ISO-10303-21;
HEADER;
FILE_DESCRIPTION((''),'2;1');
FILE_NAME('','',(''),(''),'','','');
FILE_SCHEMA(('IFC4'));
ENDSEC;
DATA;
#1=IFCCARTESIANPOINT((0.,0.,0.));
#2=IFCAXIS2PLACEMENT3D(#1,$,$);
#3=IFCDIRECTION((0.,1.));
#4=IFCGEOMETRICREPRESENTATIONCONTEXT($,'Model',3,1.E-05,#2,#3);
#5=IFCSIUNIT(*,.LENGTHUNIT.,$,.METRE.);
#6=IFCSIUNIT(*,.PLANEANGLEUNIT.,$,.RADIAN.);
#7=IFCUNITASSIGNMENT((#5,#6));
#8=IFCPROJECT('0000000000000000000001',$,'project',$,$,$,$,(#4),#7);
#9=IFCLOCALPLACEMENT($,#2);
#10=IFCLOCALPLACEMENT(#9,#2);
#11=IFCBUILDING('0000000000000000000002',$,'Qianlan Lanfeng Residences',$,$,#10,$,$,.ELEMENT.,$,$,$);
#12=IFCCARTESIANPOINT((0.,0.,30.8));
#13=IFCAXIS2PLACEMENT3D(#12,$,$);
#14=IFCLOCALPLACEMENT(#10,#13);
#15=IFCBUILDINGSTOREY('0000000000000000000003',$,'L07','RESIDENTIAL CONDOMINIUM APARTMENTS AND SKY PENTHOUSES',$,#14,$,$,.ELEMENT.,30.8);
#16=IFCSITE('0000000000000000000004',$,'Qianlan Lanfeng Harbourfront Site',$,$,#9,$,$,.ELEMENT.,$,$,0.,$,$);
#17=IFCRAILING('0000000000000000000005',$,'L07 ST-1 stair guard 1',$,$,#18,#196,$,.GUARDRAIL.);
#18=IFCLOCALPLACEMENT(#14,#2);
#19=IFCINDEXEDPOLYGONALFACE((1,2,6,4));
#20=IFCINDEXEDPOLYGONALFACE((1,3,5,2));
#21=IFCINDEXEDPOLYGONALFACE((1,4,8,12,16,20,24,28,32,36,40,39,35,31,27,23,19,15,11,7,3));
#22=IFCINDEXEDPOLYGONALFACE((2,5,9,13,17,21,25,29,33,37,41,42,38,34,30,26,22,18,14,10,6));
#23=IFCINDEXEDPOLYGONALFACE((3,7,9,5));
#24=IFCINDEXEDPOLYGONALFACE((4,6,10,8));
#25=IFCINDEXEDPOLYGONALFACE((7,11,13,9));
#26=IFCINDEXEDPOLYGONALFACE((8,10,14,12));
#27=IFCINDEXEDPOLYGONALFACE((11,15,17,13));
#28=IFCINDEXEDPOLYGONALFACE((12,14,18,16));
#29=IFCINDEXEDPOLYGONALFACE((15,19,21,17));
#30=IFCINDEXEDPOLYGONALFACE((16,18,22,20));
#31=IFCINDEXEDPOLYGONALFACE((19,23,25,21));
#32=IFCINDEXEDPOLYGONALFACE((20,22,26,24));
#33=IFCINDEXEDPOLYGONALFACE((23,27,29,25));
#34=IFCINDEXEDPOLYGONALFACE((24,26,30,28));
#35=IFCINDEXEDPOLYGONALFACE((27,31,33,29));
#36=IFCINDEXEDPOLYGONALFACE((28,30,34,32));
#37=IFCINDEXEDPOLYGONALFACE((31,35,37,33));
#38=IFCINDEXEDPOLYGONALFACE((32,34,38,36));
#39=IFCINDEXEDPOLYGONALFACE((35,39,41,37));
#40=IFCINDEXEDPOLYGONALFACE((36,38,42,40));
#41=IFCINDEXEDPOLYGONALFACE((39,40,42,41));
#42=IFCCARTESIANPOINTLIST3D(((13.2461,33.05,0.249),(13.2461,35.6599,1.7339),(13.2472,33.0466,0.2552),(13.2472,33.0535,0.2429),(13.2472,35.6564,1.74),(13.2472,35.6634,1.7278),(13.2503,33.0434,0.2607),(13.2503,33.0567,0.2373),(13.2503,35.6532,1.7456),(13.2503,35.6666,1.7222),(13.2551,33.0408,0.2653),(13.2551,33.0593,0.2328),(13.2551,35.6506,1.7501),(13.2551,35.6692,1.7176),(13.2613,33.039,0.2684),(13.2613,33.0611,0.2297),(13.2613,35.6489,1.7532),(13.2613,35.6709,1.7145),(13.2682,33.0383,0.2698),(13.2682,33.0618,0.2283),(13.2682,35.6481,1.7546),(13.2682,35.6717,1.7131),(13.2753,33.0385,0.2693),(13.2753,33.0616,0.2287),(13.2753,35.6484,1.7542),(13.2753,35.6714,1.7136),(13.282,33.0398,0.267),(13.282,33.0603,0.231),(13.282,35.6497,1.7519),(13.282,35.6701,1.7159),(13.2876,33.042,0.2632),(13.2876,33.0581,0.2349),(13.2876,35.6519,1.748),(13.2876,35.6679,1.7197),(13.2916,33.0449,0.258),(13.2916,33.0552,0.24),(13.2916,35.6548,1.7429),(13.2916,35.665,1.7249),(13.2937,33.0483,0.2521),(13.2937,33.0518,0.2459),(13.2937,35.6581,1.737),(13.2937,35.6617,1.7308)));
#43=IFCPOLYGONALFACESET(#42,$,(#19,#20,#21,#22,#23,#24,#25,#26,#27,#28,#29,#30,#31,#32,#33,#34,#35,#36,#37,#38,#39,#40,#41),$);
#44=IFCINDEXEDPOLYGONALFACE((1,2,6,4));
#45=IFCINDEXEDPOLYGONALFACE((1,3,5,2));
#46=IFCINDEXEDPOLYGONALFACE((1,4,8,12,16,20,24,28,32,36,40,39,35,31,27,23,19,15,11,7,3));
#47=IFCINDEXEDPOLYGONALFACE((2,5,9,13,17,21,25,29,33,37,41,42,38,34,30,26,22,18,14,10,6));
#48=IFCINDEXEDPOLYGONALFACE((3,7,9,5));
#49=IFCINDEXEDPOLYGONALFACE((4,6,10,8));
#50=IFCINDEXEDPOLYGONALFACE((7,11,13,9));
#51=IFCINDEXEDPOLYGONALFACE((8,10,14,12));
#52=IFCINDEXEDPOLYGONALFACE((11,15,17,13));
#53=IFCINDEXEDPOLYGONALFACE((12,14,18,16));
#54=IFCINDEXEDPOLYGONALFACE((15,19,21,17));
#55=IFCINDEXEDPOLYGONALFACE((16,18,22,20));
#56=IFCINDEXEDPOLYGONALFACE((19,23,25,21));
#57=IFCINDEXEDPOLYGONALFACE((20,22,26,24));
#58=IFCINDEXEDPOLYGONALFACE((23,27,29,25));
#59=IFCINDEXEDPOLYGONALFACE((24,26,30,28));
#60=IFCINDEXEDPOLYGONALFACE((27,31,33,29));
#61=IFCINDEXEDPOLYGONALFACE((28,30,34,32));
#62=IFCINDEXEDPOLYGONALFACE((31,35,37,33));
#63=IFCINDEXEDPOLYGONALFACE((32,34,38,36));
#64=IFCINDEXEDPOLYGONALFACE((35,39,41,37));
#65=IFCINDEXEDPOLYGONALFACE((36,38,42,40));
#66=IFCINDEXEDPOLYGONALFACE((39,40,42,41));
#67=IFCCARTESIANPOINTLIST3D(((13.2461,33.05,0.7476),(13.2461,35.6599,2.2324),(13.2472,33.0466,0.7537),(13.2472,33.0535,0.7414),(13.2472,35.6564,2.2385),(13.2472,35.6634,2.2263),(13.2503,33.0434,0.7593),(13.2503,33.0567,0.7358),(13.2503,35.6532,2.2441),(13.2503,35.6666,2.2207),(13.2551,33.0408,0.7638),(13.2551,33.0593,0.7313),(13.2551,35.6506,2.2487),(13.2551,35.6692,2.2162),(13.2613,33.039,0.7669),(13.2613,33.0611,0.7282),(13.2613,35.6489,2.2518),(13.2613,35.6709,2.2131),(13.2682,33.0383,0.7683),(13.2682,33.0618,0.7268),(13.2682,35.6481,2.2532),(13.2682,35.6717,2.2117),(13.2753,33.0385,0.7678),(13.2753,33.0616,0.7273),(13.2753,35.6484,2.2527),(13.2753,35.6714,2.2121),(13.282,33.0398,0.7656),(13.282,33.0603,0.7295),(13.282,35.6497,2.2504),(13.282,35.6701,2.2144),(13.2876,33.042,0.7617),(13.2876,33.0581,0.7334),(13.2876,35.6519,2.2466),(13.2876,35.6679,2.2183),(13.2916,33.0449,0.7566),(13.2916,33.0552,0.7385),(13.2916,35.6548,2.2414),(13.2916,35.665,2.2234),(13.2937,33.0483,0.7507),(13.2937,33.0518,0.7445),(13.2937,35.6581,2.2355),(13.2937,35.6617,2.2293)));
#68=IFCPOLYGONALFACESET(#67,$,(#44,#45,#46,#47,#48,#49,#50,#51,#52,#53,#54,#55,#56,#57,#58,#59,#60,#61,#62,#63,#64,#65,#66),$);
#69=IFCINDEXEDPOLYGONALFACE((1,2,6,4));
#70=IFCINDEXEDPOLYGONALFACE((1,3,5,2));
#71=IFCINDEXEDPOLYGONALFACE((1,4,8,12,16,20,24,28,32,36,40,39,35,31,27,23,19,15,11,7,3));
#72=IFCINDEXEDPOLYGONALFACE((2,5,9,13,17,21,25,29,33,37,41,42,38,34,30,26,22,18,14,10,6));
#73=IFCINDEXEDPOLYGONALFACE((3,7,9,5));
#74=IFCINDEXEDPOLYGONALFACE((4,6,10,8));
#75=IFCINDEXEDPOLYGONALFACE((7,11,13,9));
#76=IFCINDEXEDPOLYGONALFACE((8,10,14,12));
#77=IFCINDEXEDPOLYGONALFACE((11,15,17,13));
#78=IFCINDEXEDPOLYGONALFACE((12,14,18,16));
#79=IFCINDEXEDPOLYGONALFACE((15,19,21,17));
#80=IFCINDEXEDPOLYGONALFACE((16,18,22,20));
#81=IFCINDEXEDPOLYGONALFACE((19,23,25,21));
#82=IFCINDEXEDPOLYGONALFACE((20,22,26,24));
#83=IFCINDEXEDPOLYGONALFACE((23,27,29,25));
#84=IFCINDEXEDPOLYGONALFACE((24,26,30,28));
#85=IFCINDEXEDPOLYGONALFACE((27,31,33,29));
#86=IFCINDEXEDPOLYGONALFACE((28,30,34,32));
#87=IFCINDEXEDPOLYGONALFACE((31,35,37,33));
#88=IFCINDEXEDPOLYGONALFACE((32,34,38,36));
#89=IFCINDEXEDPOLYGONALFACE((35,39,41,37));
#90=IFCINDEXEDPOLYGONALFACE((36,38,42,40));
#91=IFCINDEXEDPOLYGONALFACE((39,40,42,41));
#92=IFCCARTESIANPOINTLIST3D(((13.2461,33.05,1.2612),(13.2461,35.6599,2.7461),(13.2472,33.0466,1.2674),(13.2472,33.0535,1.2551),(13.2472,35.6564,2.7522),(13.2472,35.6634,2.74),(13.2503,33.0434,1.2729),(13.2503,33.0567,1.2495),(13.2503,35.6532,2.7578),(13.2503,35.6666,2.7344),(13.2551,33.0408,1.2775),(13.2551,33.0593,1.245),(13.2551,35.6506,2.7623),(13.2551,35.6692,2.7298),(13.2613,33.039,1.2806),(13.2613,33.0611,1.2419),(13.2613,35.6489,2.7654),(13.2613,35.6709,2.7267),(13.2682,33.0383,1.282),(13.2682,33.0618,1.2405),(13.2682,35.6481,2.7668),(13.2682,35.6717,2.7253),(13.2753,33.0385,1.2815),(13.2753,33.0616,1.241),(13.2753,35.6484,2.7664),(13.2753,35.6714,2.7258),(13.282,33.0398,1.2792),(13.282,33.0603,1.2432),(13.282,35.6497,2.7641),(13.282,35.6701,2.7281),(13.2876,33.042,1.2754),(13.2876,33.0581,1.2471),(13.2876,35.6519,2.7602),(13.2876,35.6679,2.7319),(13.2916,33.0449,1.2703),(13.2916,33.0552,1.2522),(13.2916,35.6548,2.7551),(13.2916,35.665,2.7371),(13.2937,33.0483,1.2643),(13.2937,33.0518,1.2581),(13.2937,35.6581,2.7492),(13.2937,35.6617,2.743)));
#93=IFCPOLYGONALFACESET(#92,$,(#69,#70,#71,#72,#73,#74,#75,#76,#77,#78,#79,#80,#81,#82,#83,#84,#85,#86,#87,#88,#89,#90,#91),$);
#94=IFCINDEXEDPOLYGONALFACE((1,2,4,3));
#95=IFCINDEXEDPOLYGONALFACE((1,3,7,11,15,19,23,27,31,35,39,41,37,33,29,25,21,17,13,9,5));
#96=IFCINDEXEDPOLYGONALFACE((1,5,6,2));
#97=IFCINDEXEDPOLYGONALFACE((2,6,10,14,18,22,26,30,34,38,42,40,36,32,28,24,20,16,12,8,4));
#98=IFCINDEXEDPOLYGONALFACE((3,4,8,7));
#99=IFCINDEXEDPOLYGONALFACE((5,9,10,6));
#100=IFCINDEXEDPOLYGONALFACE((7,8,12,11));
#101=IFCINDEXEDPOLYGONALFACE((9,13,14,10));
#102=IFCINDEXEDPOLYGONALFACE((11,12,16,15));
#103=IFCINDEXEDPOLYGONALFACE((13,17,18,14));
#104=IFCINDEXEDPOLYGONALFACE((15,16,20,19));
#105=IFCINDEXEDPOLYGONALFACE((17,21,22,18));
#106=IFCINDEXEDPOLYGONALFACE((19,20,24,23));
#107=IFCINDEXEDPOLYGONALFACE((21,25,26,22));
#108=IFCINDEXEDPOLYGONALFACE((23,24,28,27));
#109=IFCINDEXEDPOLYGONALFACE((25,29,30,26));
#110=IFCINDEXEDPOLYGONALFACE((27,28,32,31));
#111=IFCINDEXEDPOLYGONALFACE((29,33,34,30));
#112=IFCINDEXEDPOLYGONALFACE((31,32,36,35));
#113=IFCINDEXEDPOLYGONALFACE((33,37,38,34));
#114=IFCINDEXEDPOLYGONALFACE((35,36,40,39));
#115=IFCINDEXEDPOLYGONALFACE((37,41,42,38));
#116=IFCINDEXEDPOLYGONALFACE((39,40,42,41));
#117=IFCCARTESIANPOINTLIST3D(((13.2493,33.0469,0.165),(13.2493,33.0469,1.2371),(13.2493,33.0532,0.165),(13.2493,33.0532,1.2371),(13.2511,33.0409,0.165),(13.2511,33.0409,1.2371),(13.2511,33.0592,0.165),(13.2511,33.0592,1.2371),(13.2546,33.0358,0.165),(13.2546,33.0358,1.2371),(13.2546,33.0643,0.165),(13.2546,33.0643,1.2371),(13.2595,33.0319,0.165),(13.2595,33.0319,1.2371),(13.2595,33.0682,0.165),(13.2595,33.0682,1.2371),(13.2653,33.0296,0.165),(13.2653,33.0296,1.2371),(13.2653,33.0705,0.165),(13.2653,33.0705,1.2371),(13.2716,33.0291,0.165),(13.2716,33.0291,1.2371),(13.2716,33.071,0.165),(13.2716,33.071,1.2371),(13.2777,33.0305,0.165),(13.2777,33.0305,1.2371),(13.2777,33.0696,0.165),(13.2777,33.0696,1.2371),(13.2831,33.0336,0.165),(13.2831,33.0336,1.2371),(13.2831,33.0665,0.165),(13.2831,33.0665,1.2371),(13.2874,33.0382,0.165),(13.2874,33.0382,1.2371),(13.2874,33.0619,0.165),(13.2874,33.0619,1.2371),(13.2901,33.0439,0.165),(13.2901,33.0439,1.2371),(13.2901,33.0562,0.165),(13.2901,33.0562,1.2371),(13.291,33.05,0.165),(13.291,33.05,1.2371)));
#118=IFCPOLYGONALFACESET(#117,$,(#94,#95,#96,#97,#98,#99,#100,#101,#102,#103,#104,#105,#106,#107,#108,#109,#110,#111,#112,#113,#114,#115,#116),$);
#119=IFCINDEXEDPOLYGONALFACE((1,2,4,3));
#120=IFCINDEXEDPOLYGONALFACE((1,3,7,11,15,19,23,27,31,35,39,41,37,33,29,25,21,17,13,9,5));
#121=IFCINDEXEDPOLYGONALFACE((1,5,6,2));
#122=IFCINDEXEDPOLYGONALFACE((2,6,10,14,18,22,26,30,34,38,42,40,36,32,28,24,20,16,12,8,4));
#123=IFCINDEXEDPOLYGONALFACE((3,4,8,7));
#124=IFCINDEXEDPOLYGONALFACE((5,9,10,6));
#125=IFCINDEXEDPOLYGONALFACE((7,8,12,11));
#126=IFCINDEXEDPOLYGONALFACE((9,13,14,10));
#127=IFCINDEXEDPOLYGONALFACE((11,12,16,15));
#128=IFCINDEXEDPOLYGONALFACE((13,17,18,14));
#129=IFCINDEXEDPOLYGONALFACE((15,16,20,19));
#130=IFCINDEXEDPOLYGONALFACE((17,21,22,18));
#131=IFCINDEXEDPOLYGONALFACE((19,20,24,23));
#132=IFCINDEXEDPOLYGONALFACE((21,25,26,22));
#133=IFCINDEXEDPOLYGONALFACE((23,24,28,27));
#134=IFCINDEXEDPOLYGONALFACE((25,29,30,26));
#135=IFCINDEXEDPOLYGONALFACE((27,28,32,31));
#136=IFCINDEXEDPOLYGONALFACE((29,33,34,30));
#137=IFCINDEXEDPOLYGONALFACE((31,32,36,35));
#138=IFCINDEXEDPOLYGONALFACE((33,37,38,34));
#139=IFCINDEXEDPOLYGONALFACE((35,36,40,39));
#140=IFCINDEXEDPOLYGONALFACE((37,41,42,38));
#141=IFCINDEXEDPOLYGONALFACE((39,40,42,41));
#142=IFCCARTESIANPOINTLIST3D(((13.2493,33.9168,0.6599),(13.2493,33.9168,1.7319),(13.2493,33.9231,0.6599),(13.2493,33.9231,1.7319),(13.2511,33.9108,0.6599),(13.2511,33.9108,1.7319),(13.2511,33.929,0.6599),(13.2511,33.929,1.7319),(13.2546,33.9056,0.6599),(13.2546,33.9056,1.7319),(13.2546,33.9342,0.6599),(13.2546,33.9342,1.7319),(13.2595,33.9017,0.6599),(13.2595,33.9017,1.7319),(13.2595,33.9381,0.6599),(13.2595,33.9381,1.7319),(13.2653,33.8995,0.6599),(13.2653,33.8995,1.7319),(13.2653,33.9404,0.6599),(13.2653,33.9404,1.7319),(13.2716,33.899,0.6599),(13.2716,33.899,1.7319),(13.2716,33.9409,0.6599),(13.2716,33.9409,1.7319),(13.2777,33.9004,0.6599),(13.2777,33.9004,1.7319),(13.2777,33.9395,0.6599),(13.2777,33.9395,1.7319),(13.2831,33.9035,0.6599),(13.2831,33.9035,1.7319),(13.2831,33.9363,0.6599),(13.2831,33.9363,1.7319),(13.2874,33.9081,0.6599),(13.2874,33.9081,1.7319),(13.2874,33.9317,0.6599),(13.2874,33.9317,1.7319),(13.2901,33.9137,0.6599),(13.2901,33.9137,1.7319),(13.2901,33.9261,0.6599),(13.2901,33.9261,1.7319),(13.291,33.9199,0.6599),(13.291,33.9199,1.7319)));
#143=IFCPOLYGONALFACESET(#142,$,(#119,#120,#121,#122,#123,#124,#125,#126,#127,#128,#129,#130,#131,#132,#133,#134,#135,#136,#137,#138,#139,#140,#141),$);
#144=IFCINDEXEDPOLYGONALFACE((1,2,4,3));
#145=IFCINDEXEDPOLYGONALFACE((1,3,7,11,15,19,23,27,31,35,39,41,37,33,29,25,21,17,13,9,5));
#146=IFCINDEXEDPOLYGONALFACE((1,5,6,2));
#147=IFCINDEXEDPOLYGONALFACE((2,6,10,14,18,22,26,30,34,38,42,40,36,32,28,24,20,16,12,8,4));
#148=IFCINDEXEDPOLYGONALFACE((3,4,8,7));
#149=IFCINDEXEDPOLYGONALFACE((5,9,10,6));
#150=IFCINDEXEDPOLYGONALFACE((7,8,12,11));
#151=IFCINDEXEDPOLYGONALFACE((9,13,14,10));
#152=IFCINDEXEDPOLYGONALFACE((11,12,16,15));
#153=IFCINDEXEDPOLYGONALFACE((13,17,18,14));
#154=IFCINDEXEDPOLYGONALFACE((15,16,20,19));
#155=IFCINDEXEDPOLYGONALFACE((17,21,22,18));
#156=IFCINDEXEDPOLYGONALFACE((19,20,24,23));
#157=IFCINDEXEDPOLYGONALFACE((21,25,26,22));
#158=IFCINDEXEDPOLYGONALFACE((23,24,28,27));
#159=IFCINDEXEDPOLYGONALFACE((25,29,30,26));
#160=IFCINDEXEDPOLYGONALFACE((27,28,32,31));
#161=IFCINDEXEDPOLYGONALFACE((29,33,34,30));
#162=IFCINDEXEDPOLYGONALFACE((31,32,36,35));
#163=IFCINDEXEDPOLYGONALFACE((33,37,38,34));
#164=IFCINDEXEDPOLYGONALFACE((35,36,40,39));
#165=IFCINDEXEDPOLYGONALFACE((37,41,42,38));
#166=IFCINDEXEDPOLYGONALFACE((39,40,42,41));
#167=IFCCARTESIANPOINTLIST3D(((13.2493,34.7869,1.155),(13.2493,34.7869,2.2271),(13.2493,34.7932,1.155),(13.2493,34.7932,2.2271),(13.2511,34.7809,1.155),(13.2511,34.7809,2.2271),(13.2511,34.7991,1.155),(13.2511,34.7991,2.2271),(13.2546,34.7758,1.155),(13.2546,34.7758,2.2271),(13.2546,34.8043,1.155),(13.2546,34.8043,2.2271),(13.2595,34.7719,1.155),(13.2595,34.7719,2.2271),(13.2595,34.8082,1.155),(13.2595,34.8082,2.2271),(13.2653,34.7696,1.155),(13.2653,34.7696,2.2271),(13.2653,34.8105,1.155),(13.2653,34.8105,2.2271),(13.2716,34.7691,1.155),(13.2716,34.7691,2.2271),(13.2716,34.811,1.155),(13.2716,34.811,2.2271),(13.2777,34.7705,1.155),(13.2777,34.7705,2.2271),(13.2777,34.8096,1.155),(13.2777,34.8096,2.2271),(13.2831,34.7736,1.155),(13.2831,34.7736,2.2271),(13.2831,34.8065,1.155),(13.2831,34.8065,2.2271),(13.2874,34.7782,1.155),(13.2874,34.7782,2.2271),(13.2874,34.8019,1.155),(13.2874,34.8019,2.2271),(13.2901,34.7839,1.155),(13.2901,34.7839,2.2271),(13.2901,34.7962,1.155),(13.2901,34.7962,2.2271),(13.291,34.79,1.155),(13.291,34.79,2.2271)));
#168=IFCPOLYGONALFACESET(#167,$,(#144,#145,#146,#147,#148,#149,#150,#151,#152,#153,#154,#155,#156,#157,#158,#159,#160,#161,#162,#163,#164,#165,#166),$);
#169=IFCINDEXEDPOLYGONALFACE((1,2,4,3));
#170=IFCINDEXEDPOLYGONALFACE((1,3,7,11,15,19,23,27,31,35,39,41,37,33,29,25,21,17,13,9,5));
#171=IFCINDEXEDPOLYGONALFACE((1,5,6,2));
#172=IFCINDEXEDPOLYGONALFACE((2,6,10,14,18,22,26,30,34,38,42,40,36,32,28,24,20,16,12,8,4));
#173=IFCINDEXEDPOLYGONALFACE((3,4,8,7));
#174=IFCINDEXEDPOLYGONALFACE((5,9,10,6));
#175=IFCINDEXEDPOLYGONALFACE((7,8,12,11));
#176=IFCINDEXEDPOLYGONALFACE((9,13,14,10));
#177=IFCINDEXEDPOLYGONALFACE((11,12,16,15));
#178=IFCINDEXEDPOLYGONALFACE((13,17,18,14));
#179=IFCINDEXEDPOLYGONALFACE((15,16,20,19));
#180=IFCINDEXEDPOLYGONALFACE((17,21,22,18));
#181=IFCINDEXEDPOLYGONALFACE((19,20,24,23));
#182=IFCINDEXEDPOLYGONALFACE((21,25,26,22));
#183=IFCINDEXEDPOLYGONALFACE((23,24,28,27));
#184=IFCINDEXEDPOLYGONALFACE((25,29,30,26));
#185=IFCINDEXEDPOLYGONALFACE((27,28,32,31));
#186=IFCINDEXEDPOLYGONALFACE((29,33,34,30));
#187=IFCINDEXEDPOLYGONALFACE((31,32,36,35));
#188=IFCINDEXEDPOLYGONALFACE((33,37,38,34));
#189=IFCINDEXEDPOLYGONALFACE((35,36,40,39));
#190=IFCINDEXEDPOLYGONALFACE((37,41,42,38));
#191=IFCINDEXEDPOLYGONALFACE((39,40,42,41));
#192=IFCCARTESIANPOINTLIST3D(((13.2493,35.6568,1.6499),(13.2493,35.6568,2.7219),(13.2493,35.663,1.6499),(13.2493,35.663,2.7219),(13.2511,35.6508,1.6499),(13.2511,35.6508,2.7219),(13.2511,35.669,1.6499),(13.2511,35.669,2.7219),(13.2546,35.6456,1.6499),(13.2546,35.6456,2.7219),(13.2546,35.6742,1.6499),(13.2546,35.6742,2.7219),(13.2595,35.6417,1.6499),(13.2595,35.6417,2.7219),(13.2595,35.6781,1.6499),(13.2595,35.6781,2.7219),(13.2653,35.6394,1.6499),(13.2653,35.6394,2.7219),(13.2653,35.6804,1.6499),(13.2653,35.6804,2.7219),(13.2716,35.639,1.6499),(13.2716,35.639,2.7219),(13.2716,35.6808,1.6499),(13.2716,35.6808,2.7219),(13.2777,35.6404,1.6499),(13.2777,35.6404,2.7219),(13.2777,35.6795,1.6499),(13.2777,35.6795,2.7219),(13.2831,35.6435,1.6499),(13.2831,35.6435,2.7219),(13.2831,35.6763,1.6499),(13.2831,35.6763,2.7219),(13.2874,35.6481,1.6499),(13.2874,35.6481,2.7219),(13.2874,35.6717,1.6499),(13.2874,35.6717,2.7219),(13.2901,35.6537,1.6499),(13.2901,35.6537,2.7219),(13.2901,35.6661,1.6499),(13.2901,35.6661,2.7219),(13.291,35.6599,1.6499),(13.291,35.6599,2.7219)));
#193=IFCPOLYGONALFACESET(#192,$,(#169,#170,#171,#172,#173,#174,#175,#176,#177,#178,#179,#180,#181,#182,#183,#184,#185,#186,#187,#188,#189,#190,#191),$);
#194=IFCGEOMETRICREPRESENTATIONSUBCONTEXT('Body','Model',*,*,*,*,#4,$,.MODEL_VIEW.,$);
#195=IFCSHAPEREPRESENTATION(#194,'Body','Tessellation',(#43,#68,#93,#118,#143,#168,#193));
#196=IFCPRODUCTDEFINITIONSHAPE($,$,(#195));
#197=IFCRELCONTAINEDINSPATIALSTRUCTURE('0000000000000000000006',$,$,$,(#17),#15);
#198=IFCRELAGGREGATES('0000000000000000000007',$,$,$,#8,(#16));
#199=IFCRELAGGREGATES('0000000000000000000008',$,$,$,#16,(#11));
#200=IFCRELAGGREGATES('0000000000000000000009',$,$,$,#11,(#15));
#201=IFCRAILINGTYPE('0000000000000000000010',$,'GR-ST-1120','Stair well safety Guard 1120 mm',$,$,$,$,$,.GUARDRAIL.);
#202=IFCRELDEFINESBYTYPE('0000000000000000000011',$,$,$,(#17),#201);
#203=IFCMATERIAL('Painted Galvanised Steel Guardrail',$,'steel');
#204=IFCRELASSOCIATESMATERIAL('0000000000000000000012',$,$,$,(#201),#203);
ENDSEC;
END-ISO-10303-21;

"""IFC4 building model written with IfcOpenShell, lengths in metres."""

from ifc_helpers import new_model, si_unit, direction, frame, origin, origin_2d, place, context, subcontext, project, spatial, circle, extrude, material, type_object, element, save


model = new_model("IFC4")

# Units and contexts
model_context = context("Model", 3, precision=1e-05, world=origin(), true_north=direction((0.0, 1.0)))
body_context = subcontext(model_context, "Body", "Model", "MODEL_VIEW")
ifc_project = project(units=[si_unit("LENGTHUNIT", "METRE"), si_unit("PLANEANGLEUNIT", "RADIAN")], contexts=[model_context])

# Site, building, storey
site_placement = place(None, origin())
site = spatial("IfcSite", under=ifc_project, at=site_placement, Name="Qianlan Lanfeng Harbourfront Site", CompositionType="ELEMENT", RefElevation=0.0)
building_placement = place(site_placement, origin())
building = spatial("IfcBuilding", under=site, at=building_placement, Name="Qianlan Lanfeng Residences", CompositionType="ELEMENT")
storey_placement = place(building_placement, frame((0.0, 0.0, 30.8)))
storey = spatial("IfcBuildingStorey", under=building, at=storey_placement, Name="L07", Description="RESIDENTIAL CONDOMINIUM APARTMENTS AND SKY PENTHOUSES", CompositionType="ELEMENT", Elevation=30.8)

# Railing
ifc_material_1 = material(Name="Painted Galvanised Steel Guardrail", Category="steel")
railing_type_1 = type_object("IfcRailingType", Name="GR-ST-1120", Description="Stair well safety Guard 1120 mm", PredefinedType="GUARDRAIL", material=ifc_material_1)
railing_1_placement = place(storey_placement, frame((13.27, 33.05, 0.165)))
element("IfcRailing", 1, at=railing_1_placement, inside=storey, type_object=railing_type_1, Name="L07 ST-1 stair guard 1", PredefinedType="GUARDRAIL", context=body_context, shape_type="SweptSolid", body=[
    extrude(circle(Radius=0.0239, at=origin_2d()), frame((0.0, 0.0, 0.084), z_axis=(0.0, 0.869172, 0.494509), x_axis=(-1.0, 0.0, 0.0)), (0.0, 0.0, 1.0), 3.0027),
    extrude(circle(Radius=0.0239, at=origin_2d()), frame((0.0, 0.0, 0.5825), z_axis=(0.0, 0.869172, 0.494509), x_axis=(-1.0, 0.0, 0.0)), (0.0, 0.0, 1.0), 3.0027),
    extrude(circle(Radius=0.0239, at=origin_2d()), frame((0.0, 0.0, 1.0962), z_axis=(0.0, 0.869172, 0.494509), x_axis=(-1.0, 0.0, 0.0)), (0.0, 0.0, 1.0), 3.0027),
    extrude(circle(Radius=0.021, at=origin_2d()), origin(), (0.0, 0.0, 1.0), 1.072),
    extrude(circle(Radius=0.021, at=origin_2d()), frame((0.0, 0.8699, 0.4949)), (0.0, 0.0, 1.0), 1.072),
    extrude(circle(Radius=0.021, at=origin_2d()), frame((0.0, 1.74, 0.99)), (0.0, 0.0, 1.0), 1.072),
    extrude(circle(Radius=0.021, at=origin_2d()), frame((0.0, 2.6099, 1.4849)), (0.0, 0.0, 1.0), 1.072),
])

save(model, "model.ifc")
